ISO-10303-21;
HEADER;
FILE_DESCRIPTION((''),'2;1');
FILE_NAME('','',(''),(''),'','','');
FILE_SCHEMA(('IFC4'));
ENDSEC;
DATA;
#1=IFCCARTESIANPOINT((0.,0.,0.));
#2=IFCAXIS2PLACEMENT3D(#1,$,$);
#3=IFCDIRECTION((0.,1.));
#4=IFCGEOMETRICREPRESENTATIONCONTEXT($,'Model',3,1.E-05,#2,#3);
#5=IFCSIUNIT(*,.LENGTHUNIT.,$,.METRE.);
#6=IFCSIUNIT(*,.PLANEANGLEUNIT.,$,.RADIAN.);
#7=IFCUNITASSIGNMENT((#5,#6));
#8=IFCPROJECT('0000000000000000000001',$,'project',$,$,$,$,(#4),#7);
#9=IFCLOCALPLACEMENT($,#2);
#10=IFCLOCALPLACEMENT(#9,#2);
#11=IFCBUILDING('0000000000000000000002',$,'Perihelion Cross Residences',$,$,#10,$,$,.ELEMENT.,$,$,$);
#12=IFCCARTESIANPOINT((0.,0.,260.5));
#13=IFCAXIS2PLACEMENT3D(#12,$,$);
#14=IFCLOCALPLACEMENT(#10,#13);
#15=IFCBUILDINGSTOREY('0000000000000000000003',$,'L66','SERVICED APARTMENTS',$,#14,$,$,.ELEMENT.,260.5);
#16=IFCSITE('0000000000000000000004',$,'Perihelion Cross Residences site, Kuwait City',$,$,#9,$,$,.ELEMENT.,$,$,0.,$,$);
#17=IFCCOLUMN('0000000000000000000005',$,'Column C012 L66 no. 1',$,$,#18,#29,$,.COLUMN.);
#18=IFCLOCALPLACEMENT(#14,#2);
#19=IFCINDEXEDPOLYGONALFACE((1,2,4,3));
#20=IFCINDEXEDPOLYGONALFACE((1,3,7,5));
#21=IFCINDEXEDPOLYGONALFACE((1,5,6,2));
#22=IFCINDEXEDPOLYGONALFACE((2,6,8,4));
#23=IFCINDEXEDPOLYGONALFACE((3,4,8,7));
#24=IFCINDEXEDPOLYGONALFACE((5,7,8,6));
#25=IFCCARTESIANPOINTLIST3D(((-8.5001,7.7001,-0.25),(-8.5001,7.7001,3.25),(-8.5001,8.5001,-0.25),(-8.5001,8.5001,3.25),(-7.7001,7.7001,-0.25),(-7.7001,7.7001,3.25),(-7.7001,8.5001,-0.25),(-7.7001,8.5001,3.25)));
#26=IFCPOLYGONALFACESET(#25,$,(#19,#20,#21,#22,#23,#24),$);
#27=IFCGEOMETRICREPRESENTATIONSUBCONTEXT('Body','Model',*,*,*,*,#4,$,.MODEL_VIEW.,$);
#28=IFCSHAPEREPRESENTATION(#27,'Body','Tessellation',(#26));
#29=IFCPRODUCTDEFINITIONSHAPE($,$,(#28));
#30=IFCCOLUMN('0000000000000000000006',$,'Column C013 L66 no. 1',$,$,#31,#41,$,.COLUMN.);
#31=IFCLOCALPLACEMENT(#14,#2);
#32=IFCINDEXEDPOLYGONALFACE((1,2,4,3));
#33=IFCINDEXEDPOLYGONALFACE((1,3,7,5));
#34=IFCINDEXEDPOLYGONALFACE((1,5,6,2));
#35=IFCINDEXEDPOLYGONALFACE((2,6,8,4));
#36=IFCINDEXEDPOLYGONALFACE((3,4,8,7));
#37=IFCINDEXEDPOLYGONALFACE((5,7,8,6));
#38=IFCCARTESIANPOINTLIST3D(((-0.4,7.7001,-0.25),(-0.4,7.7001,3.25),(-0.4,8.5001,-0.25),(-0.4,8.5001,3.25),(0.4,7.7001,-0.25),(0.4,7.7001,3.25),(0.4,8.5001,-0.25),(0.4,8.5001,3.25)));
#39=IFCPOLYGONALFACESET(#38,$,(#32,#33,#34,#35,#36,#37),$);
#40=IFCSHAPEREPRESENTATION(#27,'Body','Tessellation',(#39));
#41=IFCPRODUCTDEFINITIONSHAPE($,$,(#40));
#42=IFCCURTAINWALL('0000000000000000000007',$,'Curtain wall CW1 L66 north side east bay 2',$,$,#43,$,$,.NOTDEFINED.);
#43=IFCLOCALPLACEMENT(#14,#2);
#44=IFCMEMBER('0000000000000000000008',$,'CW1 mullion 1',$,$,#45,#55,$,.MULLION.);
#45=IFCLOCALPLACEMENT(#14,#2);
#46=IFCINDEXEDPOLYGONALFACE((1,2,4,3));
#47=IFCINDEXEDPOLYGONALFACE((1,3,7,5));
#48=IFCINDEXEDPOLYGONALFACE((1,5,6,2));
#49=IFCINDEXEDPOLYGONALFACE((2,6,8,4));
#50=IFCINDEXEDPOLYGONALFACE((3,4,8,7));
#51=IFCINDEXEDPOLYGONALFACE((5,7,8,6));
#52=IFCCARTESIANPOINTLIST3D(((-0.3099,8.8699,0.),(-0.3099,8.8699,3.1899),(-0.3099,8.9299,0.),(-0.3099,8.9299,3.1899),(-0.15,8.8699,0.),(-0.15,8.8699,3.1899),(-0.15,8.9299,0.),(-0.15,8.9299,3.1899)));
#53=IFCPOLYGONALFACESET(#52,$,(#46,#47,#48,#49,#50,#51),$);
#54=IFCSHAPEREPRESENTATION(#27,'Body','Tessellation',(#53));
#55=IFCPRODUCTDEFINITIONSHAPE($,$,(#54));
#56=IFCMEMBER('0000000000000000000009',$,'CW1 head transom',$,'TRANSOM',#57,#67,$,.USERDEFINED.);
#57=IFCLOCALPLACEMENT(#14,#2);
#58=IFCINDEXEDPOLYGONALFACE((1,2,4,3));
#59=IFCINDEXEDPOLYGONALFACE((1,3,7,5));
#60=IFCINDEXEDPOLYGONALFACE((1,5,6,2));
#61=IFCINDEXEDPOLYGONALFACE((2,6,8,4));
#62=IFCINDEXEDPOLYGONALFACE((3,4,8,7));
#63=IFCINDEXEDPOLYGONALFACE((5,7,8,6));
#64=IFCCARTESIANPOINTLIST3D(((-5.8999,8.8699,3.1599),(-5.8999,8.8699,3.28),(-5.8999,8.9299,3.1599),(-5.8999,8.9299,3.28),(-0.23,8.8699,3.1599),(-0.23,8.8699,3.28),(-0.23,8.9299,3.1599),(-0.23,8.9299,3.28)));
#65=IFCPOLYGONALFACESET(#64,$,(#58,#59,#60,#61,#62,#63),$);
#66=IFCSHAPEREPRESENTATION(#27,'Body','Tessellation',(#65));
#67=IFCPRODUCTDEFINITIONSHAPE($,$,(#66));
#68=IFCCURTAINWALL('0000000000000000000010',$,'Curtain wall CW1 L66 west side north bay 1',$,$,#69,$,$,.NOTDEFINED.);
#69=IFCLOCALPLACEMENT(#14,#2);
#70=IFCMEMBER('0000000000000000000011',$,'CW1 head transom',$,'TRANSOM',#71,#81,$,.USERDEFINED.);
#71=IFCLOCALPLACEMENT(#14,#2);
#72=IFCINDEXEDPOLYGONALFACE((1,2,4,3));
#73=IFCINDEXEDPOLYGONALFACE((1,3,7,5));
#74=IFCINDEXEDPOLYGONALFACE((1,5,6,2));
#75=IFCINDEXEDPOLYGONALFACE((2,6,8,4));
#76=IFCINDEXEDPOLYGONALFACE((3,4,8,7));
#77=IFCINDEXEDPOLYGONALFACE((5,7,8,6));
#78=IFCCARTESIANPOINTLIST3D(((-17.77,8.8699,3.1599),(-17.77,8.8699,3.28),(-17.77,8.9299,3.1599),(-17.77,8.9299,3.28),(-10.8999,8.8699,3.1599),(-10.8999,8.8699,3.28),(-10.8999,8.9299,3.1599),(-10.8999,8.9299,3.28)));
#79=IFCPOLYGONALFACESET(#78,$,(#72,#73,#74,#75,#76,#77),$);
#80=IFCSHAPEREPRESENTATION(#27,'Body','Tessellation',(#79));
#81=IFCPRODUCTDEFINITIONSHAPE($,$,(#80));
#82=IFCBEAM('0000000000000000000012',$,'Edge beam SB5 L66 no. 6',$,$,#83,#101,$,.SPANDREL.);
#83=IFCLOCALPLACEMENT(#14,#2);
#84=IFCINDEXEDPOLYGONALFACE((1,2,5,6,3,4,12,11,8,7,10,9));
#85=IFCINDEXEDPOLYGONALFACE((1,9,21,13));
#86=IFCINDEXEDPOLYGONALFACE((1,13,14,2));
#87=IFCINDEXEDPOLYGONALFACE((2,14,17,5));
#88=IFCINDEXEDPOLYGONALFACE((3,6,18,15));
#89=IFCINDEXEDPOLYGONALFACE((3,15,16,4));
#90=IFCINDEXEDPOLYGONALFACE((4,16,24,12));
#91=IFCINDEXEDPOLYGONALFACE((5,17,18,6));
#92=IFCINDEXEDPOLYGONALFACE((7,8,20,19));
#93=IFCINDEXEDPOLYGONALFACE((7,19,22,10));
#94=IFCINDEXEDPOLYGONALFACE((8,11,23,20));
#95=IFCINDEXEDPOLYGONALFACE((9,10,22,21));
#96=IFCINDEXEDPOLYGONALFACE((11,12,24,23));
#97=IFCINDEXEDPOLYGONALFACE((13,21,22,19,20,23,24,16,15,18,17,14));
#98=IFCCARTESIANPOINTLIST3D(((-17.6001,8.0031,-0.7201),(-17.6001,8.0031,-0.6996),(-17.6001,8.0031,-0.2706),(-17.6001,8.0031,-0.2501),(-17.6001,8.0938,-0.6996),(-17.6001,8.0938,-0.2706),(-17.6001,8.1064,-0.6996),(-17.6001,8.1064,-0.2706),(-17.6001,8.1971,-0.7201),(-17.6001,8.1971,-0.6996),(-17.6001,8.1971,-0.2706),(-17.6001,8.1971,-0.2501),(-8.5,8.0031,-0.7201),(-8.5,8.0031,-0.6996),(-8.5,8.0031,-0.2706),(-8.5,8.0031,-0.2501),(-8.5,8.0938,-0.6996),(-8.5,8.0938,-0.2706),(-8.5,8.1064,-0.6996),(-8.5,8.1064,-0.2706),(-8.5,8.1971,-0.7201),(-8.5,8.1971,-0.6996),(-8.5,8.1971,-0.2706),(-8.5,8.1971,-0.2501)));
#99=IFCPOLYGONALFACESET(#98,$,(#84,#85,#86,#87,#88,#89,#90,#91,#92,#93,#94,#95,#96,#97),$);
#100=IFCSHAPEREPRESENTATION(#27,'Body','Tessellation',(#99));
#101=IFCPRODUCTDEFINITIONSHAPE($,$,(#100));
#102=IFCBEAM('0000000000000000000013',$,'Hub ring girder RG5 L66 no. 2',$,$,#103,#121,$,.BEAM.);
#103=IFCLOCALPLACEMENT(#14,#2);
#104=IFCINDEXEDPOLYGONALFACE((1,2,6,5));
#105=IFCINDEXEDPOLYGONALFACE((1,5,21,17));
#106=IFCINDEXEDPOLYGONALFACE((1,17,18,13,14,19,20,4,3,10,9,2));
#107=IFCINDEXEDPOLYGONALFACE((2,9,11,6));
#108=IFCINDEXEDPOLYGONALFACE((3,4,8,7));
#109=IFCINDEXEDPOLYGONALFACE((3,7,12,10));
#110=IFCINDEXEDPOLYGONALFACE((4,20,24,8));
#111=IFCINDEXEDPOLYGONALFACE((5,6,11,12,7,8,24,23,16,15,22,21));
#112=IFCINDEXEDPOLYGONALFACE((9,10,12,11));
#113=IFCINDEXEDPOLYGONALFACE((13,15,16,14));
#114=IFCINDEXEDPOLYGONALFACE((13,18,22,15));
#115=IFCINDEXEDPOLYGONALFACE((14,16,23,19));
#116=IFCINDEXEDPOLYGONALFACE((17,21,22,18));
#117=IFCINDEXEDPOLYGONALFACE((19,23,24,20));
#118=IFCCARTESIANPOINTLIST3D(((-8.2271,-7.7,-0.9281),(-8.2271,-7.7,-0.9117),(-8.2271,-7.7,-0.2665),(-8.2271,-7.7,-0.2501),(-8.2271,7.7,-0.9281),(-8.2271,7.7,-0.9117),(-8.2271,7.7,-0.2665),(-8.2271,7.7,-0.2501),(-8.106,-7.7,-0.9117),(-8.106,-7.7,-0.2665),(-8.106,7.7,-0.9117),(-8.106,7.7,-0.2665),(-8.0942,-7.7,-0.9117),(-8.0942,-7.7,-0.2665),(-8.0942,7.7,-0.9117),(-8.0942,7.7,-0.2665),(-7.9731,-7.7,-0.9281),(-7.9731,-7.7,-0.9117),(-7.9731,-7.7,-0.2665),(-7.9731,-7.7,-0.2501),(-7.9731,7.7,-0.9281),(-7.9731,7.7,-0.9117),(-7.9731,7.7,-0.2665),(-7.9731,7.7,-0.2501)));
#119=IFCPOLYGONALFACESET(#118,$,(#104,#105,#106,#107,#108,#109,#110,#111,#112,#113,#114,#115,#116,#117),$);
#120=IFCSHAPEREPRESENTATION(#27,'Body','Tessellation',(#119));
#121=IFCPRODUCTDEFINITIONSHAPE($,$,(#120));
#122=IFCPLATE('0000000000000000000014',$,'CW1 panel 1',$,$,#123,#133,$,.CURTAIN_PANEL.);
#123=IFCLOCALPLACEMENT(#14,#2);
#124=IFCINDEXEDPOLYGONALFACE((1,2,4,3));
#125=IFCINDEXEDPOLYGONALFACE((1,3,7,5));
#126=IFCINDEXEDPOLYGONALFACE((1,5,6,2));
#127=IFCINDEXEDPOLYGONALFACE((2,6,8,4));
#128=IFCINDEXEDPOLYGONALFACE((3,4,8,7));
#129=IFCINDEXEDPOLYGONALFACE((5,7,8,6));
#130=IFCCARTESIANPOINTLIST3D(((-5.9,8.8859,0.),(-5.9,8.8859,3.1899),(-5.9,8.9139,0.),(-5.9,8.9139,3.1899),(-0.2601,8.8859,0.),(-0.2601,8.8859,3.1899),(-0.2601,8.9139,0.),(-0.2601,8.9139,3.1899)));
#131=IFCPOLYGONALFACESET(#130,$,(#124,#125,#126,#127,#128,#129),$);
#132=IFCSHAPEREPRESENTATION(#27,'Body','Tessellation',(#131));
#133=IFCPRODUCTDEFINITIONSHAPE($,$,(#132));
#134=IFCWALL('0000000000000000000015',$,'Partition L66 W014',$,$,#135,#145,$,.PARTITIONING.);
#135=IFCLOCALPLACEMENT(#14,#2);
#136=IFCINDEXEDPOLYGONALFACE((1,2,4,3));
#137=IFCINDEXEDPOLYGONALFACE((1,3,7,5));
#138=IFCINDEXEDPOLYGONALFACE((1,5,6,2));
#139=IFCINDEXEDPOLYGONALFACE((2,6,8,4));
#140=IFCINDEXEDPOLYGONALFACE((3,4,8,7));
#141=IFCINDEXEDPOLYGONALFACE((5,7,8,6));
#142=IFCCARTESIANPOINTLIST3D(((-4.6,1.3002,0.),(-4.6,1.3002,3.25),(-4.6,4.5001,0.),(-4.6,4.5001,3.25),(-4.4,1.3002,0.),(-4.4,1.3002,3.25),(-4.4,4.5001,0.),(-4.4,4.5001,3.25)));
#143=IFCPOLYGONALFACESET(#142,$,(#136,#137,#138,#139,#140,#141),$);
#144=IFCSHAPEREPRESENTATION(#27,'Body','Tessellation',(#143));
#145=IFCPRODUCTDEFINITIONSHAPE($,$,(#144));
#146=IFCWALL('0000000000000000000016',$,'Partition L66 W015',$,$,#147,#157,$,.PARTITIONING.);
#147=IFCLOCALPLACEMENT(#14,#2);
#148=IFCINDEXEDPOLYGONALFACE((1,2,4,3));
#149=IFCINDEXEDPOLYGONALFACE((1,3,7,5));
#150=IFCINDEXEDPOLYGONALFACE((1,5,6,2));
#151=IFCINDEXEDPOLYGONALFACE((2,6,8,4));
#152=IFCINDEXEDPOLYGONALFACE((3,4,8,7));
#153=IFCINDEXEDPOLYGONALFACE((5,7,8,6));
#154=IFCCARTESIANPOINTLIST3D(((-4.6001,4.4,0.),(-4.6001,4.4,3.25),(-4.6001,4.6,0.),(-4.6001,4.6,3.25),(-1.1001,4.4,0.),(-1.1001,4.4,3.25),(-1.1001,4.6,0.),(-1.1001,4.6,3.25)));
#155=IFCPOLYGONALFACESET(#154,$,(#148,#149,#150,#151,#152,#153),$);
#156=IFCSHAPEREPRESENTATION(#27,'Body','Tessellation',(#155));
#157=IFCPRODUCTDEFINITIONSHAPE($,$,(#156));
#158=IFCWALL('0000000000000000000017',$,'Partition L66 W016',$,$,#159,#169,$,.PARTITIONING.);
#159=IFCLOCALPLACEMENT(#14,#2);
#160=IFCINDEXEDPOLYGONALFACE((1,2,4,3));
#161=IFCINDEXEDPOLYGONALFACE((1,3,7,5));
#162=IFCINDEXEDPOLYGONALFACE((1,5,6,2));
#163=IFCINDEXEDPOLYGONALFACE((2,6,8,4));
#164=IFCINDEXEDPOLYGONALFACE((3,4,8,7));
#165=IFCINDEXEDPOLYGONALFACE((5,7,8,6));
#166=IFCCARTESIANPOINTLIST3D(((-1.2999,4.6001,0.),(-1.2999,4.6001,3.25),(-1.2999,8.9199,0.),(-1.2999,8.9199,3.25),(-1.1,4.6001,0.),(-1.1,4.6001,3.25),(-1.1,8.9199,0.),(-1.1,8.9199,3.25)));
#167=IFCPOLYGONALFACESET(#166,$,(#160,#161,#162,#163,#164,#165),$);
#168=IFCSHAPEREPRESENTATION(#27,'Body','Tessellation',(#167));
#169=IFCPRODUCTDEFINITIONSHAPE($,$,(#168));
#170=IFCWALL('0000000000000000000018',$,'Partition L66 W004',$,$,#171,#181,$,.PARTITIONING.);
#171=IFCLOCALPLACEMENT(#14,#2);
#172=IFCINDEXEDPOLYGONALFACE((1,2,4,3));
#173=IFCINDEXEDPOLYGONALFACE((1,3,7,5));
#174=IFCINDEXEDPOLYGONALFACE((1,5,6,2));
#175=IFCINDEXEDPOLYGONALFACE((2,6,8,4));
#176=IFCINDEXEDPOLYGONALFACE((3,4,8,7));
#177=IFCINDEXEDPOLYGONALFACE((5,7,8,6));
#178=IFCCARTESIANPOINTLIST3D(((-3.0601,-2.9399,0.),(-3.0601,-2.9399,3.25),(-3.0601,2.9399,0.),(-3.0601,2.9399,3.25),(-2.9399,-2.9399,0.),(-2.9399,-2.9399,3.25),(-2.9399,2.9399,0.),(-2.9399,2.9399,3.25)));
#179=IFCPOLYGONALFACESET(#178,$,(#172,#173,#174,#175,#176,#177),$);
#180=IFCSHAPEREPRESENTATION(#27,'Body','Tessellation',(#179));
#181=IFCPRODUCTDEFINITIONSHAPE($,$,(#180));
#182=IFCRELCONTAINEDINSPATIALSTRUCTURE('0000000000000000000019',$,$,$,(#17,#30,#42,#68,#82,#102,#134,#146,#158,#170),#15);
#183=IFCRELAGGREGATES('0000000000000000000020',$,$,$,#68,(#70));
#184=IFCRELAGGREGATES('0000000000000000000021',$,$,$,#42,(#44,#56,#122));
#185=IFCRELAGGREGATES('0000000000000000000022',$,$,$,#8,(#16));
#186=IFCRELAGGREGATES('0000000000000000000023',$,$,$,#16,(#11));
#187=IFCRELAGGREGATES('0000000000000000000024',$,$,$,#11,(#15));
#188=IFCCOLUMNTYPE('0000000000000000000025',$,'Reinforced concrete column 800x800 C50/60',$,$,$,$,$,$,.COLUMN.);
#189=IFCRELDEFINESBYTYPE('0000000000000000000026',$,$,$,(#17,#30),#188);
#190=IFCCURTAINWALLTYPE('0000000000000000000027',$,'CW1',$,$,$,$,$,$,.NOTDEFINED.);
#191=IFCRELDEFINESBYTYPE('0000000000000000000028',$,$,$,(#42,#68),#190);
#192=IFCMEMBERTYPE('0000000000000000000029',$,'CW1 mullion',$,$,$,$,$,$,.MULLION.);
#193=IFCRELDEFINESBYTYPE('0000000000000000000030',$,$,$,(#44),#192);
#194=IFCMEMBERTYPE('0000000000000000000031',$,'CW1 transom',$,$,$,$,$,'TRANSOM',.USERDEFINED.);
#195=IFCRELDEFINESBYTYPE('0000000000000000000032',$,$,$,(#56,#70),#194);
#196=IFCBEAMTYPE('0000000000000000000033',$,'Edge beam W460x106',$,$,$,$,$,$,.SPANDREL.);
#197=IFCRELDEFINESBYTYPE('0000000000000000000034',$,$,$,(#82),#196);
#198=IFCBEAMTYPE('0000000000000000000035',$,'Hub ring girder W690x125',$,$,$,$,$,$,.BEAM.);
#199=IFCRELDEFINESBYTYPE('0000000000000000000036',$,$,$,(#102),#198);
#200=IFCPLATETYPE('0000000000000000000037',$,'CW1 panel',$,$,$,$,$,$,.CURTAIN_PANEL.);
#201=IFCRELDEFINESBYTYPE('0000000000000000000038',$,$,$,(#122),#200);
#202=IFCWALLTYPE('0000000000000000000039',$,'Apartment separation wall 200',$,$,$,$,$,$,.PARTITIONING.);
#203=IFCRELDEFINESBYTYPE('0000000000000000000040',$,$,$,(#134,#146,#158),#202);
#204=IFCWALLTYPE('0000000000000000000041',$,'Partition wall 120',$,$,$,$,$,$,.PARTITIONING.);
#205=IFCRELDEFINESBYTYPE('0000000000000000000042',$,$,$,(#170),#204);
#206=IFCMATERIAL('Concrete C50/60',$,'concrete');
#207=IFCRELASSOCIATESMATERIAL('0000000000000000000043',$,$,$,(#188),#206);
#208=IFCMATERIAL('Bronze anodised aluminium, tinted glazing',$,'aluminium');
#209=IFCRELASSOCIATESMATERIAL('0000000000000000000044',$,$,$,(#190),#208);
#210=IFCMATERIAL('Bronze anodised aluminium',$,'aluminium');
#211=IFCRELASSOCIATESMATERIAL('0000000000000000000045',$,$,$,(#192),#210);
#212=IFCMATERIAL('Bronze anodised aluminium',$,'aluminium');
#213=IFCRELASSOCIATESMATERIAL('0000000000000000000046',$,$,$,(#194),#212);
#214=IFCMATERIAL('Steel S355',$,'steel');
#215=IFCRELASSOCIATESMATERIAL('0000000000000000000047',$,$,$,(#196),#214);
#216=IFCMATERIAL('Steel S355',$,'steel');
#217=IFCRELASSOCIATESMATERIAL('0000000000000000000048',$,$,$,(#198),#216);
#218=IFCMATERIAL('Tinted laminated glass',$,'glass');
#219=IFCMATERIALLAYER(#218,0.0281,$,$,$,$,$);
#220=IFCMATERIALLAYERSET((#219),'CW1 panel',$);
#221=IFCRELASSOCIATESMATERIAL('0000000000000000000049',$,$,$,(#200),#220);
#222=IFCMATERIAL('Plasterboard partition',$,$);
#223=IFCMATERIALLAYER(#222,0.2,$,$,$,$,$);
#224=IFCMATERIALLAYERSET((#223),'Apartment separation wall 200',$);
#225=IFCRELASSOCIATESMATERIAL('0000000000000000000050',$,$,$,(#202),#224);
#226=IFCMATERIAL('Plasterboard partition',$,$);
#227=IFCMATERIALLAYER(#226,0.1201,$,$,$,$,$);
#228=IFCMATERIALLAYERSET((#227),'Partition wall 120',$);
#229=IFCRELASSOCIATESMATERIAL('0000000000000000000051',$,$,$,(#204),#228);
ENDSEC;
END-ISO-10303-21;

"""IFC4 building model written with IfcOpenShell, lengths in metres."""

from ifc_helpers import new_model, si_unit, direction, frame, frame_2d, origin, origin_2d, place, context, subcontext, project, spatial, rectangle, i_section, extrude, material, layer, layer_set, material_profile, profile_set, type_object, element, aggregate, save


model = new_model("IFC4")

# Units and contexts
model_context = context("Model", 3, precision=1e-05, world=origin(), true_north=direction((0.0, 1.0)))
body_context = subcontext(model_context, "Body", "Model", "MODEL_VIEW")
ifc_project = project(units=[si_unit("LENGTHUNIT", "METRE"), si_unit("PLANEANGLEUNIT", "RADIAN")], contexts=[model_context])

# Site, building, storey
site_placement = place(None, origin())
site = spatial("IfcSite", under=ifc_project, at=site_placement, Name="Perihelion Cross Residences site, Kuwait City", CompositionType="ELEMENT", RefElevation=0.0)
building_placement = place(site_placement, origin())
building = spatial("IfcBuilding", under=site, at=building_placement, Name="Perihelion Cross Residences", CompositionType="ELEMENT")
storey_placement = place(building_placement, frame((0.0, 0.0, 260.5)))
storey = spatial("IfcBuildingStorey", under=building, at=storey_placement, Name="L66", Description="SERVICED APARTMENTS", CompositionType="ELEMENT", Elevation=260.5)

# Columns
ifc_material_1 = material(Name="Concrete C50/60", Category="concrete")
ifc_material_profile_1 = material_profile(ifc_material_1, rectangle(XDim=0.8, YDim=0.8, at=origin_2d()), Name="RC 800x800")
ifc_profile_set_1 = profile_set([ifc_material_profile_1], Name="Concrete C50/60")
column_type = type_object("IfcColumnType", Name="Reinforced concrete column 800x800 C50/60", PredefinedType="COLUMN", material=ifc_profile_set_1)
for number, where, z_axis, x_axis, name in (
    (1, (-8.1001, 8.1001, -0.25), (0.0, 0.0, 1.0), (1.0, 0.0, 0.0), "Column C012 L66 no. 1"),
    (2, (0.0, 8.1001, -0.25), (0.0, 0.0, 1.0), (1.0, 0.0, 0.0), "Column C013 L66 no. 1"),
):
    element("IfcColumn", number, at=place(storey_placement, frame(where, z_axis=z_axis, x_axis=x_axis)), inside=storey, type_object=column_type, Name=name, PredefinedType="COLUMN", context=body_context, shape_type="SweptSolid", body=[
        extrude(rectangle(XDim=0.8, YDim=0.8, at=origin_2d()), origin(), (0.0, 0.0, 1.0), 3.5),
    ])

# Curtain wall, members
ifc_material_2 = material(Name="Bronze anodised aluminium, tinted glazing", Category="aluminium")
curtain_wall_type = type_object("IfcCurtainWallType", Name="CW1", PredefinedType="NOTDEFINED", material=ifc_material_2)
curtain_wall_1_placement = place(storey_placement, origin())
curtain_wall_1 = element("IfcCurtainWall", 3, at=curtain_wall_1_placement, inside=storey, type_object=curtain_wall_type, Name="Curtain wall CW1 L66 north side east bay 2", PredefinedType="NOTDEFINED")
ifc_material_3 = material(Name="Bronze anodised aluminium", Category="aluminium")
ifc_material_profile_2 = material_profile(ifc_material_3, rectangle(XDim=0.0601, YDim=0.1599, at=origin_2d()), Name="CW1 mullion")
ifc_profile_set_2 = profile_set([ifc_material_profile_2], Name="Bronze anodised aluminium")
member_type_1 = type_object("IfcMemberType", Name="CW1 mullion", PredefinedType="MULLION", material=ifc_profile_set_2)
member_1_placement = place(storey_placement, frame((-0.23, 8.8999, 0.0), z_axis=(0.0, 0.0, 1.0), x_axis=(0.0, -1.0, 0.0)))
member_1 = element("IfcMember", 4, at=member_1_placement, type_object=member_type_1, Name="CW1 mullion 1", PredefinedType="MULLION", context=body_context, shape_type="SweptSolid", body=[
    extrude(rectangle(XDim=0.0601, YDim=0.1599, at=origin_2d()), origin(), (0.0, 0.0, 1.0), 3.1899),
])
ifc_material_4 = material(Name="Bronze anodised aluminium", Category="aluminium")
ifc_material_profile_3 = material_profile(ifc_material_4, rectangle(XDim=0.0601, YDim=0.1201, at=origin_2d()), Name="CW1 transom")
ifc_profile_set_3 = profile_set([ifc_material_profile_3], Name="Bronze anodised aluminium")
member_type_2 = type_object("IfcMemberType", Name="CW1 transom", ElementType="TRANSOM", PredefinedType="USERDEFINED", material=ifc_profile_set_3)
member_2_placement = place(storey_placement, frame((-0.23, 8.8999, 3.22), z_axis=(-1.0, 0.0, 0.0), x_axis=(0.0, -1.0, 0.0)))
member_2 = element("IfcMember", 5, at=member_2_placement, type_object=member_type_2, Name="CW1 head transom", ObjectType="TRANSOM", PredefinedType="USERDEFINED", context=body_context, shape_type="SweptSolid", body=[
    extrude(rectangle(XDim=0.0601, YDim=0.1201, at=origin_2d()), origin(), (0.0, 0.0, 1.0), 5.6699),
])

# Curtain wall, member
curtain_wall_2_placement = place(storey_placement, origin())
curtain_wall_2 = element("IfcCurtainWall", 6, at=curtain_wall_2_placement, inside=storey, type_object=curtain_wall_type, Name="Curtain wall CW1 L66 west side north bay 1", PredefinedType="NOTDEFINED")
member_3_placement = place(storey_placement, frame((-10.8999, 8.8999, 3.22), z_axis=(-1.0, 0.0, 0.0), x_axis=(0.0, -1.0, 0.0)))
member_3 = element("IfcMember", 7, at=member_3_placement, type_object=member_type_2, Name="CW1 head transom", ObjectType="TRANSOM", PredefinedType="USERDEFINED", context=body_context, shape_type="SweptSolid", body=[
    extrude(rectangle(XDim=0.0601, YDim=0.1201, at=origin_2d()), origin(), (0.0, 0.0, 1.0), 6.8701),
])
aggregate(curtain_wall_2, [member_3])

# Beams
ifc_material_5 = material(Name="Steel S355", Category="steel")
ifc_material_profile_4 = material_profile(ifc_material_5, i_section(OverallWidth=0.1941, OverallDepth=0.47, WebThickness=0.0127, FlangeThickness=0.0205, at=origin_2d()), Name="W460x106")
ifc_profile_set_4 = profile_set([ifc_material_profile_4], Name="Steel S355")
beam_type_1 = type_object("IfcBeamType", Name="Edge beam W460x106", PredefinedType="SPANDREL", material=ifc_profile_set_4)
beam_1_placement = place(storey_placement, frame((-8.5, 8.1001, -0.4851), z_axis=(-1.0, 0.0, 0.0), x_axis=(0.0, -1.0, 0.0)))
element("IfcBeam", 8, at=beam_1_placement, inside=storey, type_object=beam_type_1, Name="Edge beam SB5 L66 no. 6", PredefinedType="SPANDREL", context=body_context, shape_type="SweptSolid", body=[
    extrude(i_section(OverallWidth=0.1941, OverallDepth=0.47, WebThickness=0.0127, FlangeThickness=0.0205, at=origin_2d()), origin(), (0.0, 0.0, 1.0), 9.1001),
])
ifc_material_6 = material(Name="Steel S355", Category="steel")
ifc_material_profile_5 = material_profile(ifc_material_6, i_section(OverallWidth=0.2539, OverallDepth=0.678, WebThickness=0.0117, FlangeThickness=0.0164, at=origin_2d()), Name="W690x125")
ifc_profile_set_5 = profile_set([ifc_material_profile_5], Name="Steel S355")
beam_type_2 = type_object("IfcBeamType", Name="Hub ring girder W690x125", PredefinedType="BEAM", material=ifc_profile_set_5)
beam_2_placement = place(storey_placement, frame((-8.1001, 7.7, -0.5891), z_axis=(0.0, -1.0, 0.0), x_axis=(1.0, 0.0, 0.0)))
element("IfcBeam", 9, at=beam_2_placement, inside=storey, type_object=beam_type_2, Name="Hub ring girder RG5 L66 no. 2", PredefinedType="BEAM", context=body_context, shape_type="SweptSolid", body=[
    extrude(i_section(OverallWidth=0.2539, OverallDepth=0.678, WebThickness=0.0117, FlangeThickness=0.0164, at=origin_2d()), origin(), (0.0, 0.0, 1.0), 15.3999),
])

# Plate
ifc_material_7 = material(Name="Tinted laminated glass", Category="glass")
ifc_layer_1 = layer(ifc_material_7, 0.0281)
ifc_layer_set_1 = layer_set([ifc_layer_1], Name="CW1 panel")
plate_type = type_object("IfcPlateType", Name="CW1 panel", PredefinedType="CURTAIN_PANEL", material=ifc_layer_set_1)
plate_placement = place(storey_placement, frame((-3.0801, 8.8999, 0.0), z_axis=(0.0, 0.0, 1.0), x_axis=(-1.0, 0.0, 0.0)))
plate = element("IfcPlate", 10, at=plate_placement, type_object=plate_type, Name="CW1 panel 1", PredefinedType="CURTAIN_PANEL", context=body_context, shape_type="SweptSolid", body=[
    extrude(rectangle(XDim=5.6399, YDim=0.0281, at=origin_2d()), origin(), (0.0, 0.0, 1.0), 3.1899),
])
aggregate(curtain_wall_1, [member_1, member_2, plate])

# Walls
ifc_material_8 = material(Name="Plasterboard partition")
ifc_layer_2 = layer(ifc_material_8, 0.2)
ifc_layer_set_2 = layer_set([ifc_layer_2], Name="Apartment separation wall 200")
wall_type_1 = type_object("IfcWallType", Name="Apartment separation wall 200", PredefinedType="PARTITIONING", material=ifc_layer_set_2)
wall_1_placement = place(storey_placement, frame((-4.5, 1.3, 0.0), z_axis=(0.0, 0.0, 1.0), x_axis=(0.0, 1.0, 0.0)))
element("IfcWall", 11, at=wall_1_placement, inside=storey, type_object=wall_type_1, Name="Partition L66 W014", PredefinedType="PARTITIONING", context=body_context, shape_type="SweptSolid", body=[
    extrude(rectangle(XDim=3.2, YDim=0.2, at=frame_2d((1.6001, 0.0))), origin(), (0.0, 0.0, 1.0), 3.25),
])
wall_2_placement = place(storey_placement, frame((-4.6001, 4.5, 0.0), z_axis=(0.0, 0.0, 1.0), x_axis=(1.0, 0.0, 0.0)))
element("IfcWall", 12, at=wall_2_placement, inside=storey, type_object=wall_type_1, Name="Partition L66 W015", PredefinedType="PARTITIONING", context=body_context, shape_type="SweptSolid", body=[
    extrude(rectangle(XDim=3.5, YDim=0.2, at=frame_2d((1.75, 0.0))), origin(), (0.0, 0.0, 1.0), 3.25),
])
wall_3_placement = place(storey_placement, frame((-1.2, 4.6001, 0.0), z_axis=(0.0, 0.0, 1.0), x_axis=(0.0, 1.0, 0.0)))
element("IfcWall", 13, at=wall_3_placement, inside=storey, type_object=wall_type_1, Name="Partition L66 W016", PredefinedType="PARTITIONING", context=body_context, shape_type="SweptSolid", body=[
    extrude(rectangle(XDim=4.3198, YDim=0.2, at=frame_2d((2.1599, 0.0))), origin(), (0.0, 0.0, 1.0), 3.25),
])

# Wall
ifc_material_9 = material(Name="Plasterboard partition")
ifc_layer_3 = layer(ifc_material_9, 0.1201)
ifc_layer_set_3 = layer_set([ifc_layer_3], Name="Partition wall 120")
wall_type_2 = type_object("IfcWallType", Name="Partition wall 120", PredefinedType="PARTITIONING", material=ifc_layer_set_3)
wall_4_placement = place(storey_placement, frame((-3.0, 2.9399, 0.0), z_axis=(0.0, 0.0, 1.0), x_axis=(0.0, -1.0, 0.0)))
element("IfcWall", 14, at=wall_4_placement, inside=storey, type_object=wall_type_2, Name="Partition L66 W004", PredefinedType="PARTITIONING", context=body_context, shape_type="SweptSolid", body=[
    extrude(rectangle(XDim=5.8799, YDim=0.1201, at=frame_2d((2.9399, 0.0))), origin(), (0.0, 0.0, 1.0), 3.25),
])

save(model, "model.ifc")
